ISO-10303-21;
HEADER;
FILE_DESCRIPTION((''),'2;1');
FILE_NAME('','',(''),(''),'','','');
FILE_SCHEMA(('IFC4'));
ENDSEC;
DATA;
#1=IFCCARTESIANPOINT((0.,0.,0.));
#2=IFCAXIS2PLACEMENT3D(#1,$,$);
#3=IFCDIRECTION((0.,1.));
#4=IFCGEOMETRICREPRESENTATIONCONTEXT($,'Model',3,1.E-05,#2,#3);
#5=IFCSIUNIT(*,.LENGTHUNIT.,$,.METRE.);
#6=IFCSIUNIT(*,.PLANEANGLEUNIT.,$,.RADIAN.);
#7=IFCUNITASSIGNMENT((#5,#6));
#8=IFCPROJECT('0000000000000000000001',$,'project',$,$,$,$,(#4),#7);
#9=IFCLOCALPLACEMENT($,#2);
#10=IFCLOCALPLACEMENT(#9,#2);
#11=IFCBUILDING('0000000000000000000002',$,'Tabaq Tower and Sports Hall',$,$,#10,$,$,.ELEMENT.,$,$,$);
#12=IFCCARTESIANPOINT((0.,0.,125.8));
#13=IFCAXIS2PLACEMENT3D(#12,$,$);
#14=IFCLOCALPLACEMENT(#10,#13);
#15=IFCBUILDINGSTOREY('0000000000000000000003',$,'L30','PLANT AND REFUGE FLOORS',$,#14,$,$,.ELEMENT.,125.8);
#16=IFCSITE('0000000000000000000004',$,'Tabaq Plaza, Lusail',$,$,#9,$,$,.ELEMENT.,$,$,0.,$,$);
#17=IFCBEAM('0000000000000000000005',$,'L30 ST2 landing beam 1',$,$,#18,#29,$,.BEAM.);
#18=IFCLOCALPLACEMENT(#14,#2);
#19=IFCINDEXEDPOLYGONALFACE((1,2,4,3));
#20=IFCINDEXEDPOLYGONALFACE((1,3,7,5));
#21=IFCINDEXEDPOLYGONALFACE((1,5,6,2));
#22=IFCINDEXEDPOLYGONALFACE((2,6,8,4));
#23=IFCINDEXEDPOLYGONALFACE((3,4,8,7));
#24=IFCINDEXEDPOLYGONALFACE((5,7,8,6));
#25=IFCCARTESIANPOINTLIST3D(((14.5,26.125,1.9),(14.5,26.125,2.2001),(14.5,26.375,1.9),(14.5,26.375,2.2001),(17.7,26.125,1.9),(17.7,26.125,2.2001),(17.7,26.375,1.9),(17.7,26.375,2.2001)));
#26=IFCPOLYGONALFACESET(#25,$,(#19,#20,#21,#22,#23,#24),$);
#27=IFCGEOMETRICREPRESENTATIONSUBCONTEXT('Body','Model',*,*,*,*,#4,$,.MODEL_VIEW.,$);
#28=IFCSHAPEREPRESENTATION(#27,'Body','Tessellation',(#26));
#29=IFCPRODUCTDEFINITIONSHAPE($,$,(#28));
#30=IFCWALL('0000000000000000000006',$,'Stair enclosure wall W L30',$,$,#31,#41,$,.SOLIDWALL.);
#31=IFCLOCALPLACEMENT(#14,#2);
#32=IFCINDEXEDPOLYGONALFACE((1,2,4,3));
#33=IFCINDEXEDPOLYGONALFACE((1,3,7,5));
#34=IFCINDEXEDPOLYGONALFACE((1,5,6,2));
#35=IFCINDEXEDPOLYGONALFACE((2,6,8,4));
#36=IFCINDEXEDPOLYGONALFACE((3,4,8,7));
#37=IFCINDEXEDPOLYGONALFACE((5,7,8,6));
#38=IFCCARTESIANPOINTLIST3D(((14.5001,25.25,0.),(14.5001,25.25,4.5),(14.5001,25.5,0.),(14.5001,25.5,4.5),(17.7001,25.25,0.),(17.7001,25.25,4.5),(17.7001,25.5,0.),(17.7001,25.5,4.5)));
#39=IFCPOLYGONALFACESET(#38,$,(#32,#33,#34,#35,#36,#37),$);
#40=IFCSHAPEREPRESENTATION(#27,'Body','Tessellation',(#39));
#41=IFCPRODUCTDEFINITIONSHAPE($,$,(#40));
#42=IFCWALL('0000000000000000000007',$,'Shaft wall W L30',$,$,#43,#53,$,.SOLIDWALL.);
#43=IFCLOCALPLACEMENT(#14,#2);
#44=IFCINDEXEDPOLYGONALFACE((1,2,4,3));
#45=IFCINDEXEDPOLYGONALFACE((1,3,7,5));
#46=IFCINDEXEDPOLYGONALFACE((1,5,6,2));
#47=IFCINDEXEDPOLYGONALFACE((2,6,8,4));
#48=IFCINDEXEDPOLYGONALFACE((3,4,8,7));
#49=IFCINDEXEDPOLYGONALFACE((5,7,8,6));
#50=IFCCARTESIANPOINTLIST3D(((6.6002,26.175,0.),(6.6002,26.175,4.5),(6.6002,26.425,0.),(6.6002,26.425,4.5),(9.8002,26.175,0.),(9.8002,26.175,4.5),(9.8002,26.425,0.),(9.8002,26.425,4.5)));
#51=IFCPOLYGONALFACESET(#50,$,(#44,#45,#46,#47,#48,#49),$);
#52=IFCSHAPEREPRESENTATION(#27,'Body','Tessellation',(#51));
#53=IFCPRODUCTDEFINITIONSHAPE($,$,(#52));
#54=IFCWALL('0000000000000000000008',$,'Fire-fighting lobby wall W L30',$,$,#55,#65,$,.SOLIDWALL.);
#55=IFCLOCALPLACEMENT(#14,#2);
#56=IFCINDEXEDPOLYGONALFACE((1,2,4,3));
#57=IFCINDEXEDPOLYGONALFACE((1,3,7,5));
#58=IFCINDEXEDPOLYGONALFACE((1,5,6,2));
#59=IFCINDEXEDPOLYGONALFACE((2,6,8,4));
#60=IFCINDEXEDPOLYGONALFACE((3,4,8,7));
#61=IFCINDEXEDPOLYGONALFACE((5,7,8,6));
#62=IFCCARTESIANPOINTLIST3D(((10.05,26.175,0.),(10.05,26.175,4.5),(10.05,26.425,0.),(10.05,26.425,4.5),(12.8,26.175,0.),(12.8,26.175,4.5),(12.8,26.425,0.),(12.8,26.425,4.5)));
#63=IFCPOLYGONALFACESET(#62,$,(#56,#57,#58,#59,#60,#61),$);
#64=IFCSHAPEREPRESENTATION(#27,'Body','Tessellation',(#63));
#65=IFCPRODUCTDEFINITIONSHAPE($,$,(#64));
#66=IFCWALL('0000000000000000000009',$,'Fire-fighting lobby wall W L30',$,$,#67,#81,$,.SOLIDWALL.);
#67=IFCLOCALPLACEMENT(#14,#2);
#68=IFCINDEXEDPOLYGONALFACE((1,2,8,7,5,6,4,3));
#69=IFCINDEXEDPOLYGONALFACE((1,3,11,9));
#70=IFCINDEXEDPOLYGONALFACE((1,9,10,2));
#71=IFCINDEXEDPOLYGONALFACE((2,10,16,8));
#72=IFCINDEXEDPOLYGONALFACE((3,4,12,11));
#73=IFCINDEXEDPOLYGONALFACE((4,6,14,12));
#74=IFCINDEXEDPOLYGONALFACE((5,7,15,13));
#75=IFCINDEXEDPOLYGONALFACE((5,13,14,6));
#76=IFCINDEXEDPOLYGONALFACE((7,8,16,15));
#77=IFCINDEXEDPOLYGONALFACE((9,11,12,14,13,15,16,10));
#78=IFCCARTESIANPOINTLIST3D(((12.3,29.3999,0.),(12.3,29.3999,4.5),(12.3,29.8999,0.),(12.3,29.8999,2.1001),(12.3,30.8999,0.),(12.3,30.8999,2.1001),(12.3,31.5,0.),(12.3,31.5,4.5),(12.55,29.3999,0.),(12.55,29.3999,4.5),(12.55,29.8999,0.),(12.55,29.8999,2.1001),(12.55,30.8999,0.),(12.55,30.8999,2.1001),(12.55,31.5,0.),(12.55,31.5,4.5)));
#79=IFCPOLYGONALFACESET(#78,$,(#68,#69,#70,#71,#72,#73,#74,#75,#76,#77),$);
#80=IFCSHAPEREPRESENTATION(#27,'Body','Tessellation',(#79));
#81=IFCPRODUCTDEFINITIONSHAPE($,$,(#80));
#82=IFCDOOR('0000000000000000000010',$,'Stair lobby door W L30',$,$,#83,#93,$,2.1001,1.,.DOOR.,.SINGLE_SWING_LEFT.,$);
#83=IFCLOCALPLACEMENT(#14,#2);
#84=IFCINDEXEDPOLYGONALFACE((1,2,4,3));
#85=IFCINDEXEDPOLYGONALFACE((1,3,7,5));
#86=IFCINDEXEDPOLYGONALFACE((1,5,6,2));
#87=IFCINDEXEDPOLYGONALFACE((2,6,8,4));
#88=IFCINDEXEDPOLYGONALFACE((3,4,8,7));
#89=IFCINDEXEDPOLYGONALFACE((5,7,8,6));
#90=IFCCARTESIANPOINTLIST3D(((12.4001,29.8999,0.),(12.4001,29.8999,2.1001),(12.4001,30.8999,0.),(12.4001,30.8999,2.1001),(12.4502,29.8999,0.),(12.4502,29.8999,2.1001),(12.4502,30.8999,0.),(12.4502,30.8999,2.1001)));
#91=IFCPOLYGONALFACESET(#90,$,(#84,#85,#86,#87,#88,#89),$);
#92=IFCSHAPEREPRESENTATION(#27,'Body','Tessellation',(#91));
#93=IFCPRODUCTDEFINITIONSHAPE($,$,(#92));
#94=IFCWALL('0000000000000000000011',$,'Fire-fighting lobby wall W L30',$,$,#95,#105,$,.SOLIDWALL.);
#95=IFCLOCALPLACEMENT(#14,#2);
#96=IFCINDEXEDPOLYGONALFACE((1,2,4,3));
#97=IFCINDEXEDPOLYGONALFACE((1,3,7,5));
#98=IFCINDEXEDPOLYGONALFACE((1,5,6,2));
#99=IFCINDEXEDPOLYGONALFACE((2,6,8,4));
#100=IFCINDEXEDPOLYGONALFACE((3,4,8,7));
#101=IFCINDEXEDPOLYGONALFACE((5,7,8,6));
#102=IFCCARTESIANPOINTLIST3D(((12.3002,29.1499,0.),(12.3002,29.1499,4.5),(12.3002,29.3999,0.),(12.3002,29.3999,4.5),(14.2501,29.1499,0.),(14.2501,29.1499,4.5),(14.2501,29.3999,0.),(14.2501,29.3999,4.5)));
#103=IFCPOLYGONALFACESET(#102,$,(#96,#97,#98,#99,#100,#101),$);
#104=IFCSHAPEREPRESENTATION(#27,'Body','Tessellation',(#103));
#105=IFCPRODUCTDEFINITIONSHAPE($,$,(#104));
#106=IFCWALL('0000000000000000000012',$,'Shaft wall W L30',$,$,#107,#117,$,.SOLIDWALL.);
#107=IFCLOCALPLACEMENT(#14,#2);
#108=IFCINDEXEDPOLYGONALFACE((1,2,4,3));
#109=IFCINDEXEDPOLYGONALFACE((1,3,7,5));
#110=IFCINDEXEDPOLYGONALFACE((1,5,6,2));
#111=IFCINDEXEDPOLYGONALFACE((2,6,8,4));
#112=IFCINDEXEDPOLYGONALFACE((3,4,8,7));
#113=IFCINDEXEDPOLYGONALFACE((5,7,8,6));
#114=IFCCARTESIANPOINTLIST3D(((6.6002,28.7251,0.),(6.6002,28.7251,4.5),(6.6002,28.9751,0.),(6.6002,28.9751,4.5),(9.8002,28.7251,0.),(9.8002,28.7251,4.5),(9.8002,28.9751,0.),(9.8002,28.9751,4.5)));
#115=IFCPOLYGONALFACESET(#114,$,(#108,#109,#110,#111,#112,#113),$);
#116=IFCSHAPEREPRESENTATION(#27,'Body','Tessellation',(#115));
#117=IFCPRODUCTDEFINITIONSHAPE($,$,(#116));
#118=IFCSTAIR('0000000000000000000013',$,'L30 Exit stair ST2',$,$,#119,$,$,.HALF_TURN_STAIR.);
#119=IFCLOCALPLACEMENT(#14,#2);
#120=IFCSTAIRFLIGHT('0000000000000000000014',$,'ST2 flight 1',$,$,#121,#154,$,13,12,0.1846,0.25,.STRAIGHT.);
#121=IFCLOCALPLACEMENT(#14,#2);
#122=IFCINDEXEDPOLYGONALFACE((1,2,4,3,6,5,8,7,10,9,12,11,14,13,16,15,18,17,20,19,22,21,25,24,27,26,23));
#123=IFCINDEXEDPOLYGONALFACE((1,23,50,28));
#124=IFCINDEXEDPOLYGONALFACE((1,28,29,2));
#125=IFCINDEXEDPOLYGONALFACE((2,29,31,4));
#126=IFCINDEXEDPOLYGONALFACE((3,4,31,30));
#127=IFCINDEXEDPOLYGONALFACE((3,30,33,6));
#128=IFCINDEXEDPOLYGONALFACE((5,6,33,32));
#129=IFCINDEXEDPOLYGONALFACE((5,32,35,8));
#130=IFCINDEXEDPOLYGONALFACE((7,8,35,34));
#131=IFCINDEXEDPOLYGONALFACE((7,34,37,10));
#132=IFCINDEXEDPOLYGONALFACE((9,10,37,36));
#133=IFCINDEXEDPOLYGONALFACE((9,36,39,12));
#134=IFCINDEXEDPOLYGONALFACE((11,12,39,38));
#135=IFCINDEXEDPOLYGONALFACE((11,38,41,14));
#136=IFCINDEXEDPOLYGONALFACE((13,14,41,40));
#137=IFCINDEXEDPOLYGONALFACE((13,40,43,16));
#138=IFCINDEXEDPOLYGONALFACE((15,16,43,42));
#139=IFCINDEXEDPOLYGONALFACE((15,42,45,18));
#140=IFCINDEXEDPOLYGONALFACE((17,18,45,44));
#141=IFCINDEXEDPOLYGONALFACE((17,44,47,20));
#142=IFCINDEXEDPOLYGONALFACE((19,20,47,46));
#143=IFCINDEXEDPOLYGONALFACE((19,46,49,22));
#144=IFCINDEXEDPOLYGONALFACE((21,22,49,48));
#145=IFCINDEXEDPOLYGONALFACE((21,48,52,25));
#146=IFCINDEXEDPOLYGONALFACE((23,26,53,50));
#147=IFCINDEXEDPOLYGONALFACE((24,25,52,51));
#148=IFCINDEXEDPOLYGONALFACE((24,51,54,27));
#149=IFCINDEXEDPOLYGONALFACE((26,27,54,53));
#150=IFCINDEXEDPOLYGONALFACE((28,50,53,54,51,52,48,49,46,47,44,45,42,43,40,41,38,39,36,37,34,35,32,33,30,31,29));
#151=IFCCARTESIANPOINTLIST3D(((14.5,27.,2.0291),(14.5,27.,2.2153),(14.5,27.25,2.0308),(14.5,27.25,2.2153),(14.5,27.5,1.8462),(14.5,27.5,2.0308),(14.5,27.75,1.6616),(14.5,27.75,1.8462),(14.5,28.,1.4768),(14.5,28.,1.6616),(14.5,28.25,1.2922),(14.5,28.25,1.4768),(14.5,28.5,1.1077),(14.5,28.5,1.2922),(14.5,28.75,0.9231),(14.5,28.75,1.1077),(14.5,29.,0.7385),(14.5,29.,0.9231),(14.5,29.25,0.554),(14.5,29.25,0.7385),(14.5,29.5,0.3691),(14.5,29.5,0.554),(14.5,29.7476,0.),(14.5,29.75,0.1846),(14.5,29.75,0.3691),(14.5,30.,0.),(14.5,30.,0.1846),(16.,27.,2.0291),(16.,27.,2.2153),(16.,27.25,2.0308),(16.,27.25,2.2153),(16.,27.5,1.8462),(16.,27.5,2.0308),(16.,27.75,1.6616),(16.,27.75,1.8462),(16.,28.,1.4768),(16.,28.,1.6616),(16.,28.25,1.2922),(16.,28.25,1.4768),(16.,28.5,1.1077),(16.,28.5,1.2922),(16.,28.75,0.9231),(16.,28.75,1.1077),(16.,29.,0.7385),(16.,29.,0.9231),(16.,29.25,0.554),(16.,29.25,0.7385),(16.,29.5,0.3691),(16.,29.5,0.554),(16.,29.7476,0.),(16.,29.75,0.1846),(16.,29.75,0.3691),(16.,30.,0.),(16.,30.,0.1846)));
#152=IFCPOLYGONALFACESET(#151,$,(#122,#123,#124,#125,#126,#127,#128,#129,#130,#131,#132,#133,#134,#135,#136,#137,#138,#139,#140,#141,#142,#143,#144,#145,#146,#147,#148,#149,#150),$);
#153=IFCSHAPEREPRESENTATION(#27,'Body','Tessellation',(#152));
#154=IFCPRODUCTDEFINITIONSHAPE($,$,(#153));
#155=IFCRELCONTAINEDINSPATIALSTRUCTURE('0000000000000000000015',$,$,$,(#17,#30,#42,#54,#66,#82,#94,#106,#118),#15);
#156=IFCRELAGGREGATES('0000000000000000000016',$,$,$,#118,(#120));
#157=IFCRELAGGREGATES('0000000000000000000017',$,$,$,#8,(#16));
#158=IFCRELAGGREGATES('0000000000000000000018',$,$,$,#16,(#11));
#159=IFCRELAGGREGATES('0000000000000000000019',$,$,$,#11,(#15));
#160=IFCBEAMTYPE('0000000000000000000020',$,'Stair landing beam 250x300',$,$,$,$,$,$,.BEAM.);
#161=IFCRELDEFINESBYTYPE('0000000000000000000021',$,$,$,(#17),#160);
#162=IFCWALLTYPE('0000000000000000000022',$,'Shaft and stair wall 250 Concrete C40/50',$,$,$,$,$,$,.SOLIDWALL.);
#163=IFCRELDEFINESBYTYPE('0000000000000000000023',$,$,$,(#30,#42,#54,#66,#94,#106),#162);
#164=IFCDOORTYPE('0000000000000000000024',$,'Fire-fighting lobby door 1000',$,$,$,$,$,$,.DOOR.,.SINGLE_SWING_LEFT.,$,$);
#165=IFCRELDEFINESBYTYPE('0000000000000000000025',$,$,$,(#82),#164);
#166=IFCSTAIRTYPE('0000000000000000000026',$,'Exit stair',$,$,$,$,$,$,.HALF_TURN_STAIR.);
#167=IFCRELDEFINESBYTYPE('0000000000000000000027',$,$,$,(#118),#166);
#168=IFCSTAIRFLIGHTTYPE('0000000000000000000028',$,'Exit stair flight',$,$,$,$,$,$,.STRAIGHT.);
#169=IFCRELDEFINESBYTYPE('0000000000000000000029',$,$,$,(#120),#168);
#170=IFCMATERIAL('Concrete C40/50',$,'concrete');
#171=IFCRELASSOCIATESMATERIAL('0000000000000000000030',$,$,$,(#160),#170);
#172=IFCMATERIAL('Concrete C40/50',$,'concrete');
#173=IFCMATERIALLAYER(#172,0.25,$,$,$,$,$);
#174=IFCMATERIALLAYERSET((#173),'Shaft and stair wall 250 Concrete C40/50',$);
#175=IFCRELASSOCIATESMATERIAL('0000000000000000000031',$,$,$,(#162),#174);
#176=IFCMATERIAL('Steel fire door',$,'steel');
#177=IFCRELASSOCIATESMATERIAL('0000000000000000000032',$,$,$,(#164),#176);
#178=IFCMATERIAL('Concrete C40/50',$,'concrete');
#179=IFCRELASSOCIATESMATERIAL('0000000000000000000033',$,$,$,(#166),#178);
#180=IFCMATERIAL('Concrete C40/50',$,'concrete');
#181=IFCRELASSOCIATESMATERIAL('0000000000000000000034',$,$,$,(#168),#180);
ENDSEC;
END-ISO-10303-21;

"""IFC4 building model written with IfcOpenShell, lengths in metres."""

from ifc_helpers import new_model, si_unit, direction, frame, frame_2d, origin, origin_2d, place, context, subcontext, project, spatial, polyline, rectangle, outline, extrude, material, layer, layer_set, material_profile, profile_set, type_object, element, fill, aggregate, save


model = new_model("IFC4")

# Units and contexts
model_context = context("Model", 3, precision=1e-05, world=origin(), true_north=direction((0.0, 1.0)))
body_context = subcontext(model_context, "Body", "Model", "MODEL_VIEW")
ifc_project = project(units=[si_unit("LENGTHUNIT", "METRE"), si_unit("PLANEANGLEUNIT", "RADIAN")], contexts=[model_context])

# Site, building, storey
site_placement = place(None, origin())
site = spatial("IfcSite", under=ifc_project, at=site_placement, Name="Tabaq Plaza, Lusail", CompositionType="ELEMENT", RefElevation=0.0)
building_placement = place(site_placement, origin())
building = spatial("IfcBuilding", under=site, at=building_placement, Name="Tabaq Tower and Sports Hall", CompositionType="ELEMENT")
storey_placement = place(building_placement, frame((0.0, 0.0, 125.8)))
storey = spatial("IfcBuildingStorey", under=building, at=storey_placement, Name="L30", Description="PLANT AND REFUGE FLOORS", CompositionType="ELEMENT", Elevation=125.8)

# Beam
ifc_material_1 = material(Name="Concrete C40/50", Category="concrete")
ifc_material_profile = material_profile(ifc_material_1, rectangle(XDim=0.25, YDim=0.3, at=origin_2d()), Name="RC 250x300")
ifc_profile_set = profile_set([ifc_material_profile], Name="Concrete C40/50")
beam_type = type_object("IfcBeamType", Name="Stair landing beam 250x300", PredefinedType="BEAM", material=ifc_profile_set)
beam_placement = place(storey_placement, frame((14.5, 26.25, 2.05), z_axis=(1.0, 0.0, 0.0), x_axis=(0.0, 1.0, 0.0)))
element("IfcBeam", 1, at=beam_placement, inside=storey, type_object=beam_type, Name="L30 ST2 landing beam 1", PredefinedType="BEAM", context=body_context, shape_type="SweptSolid", body=[
    extrude(rectangle(XDim=0.25, YDim=0.3, at=origin_2d()), origin(), (0.0, 0.0, 1.0), 3.2),
])

# Walls
ifc_material_2 = material(Name="Concrete C40/50", Category="concrete")
ifc_layer_1 = layer(ifc_material_2, 0.25)
ifc_layer_set_1 = layer_set([ifc_layer_1], Name="Shaft and stair wall 250 Concrete C40/50")
wall_type_1 = type_object("IfcWallType", Name="Shaft and stair wall 250 Concrete C40/50", PredefinedType="SOLIDWALL", material=ifc_layer_set_1)
for number, where, z_axis, x_axis, name in (
    (2, (14.5, 25.375, 0.0), (0.0, 0.0, 1.0), (1.0, 0.0, 0.0), "Stair enclosure wall W L30"),
    (3, (6.6001, 26.3, 0.0), (0.0, 0.0, 1.0), (1.0, 0.0, 0.0), "Shaft wall W L30"),
):
    element("IfcWall", number, at=place(storey_placement, frame(where, z_axis=z_axis, x_axis=x_axis)), inside=storey, type_object=wall_type_1, Name=name, PredefinedType="SOLIDWALL", context=body_context, shape_type="SweptSolid", body=[
        extrude(rectangle(XDim=3.2, YDim=0.25, at=frame_2d((1.6001, 0.0))), origin(), (0.0, 0.0, 1.0), 4.5),
    ])
wall_1_placement = place(storey_placement, frame((10.05, 26.3, 0.0), z_axis=(0.0, 0.0, 1.0), x_axis=(1.0, 0.0, 0.0)))
element("IfcWall", 4, at=wall_1_placement, inside=storey, type_object=wall_type_1, Name="Fire-fighting lobby wall W L30", PredefinedType="SOLIDWALL", context=body_context, shape_type="SweptSolid", body=[
    extrude(rectangle(XDim=2.75, YDim=0.25, at=frame_2d((1.375, 0.0))), origin(), (0.0, 0.0, 1.0), 4.5),
])

# Wall, opening, door
wall_2_placement = place(storey_placement, frame((12.425, 29.3999, 0.0), z_axis=(0.0, 0.0, 1.0), x_axis=(0.0, 1.0, 0.0)))
wall_2 = element("IfcWall", 5, at=wall_2_placement, inside=storey, type_object=wall_type_1, Name="Fire-fighting lobby wall W L30", PredefinedType="SOLIDWALL", context=body_context, shape_type="SweptSolid", body=[
    extrude(rectangle(XDim=2.1001, YDim=0.25, at=frame_2d((1.05, 0.0))), origin(), (0.0, 0.0, 1.0), 4.5),
])
opening_1_placement = place(wall_2_placement, frame((0.5, 0.0, 0.0)))
opening_1 = element("IfcOpeningElement", 6, at=opening_1_placement, cuts=wall_2, PredefinedType="OPENING", context=body_context, shape_type="SweptSolid", body=[
    extrude(rectangle(XDim=1.0, YDim=2.1001, at=frame_2d((0.5, 1.05))), frame((0.0, 0.125, 0.0), z_axis=(0.0, -1.0, 0.0), x_axis=(1.0, 0.0, 0.0)), (0.0, 0.0, 1.0), 0.25),
])
ifc_material_3 = material(Name="Steel fire door", Category="steel")
door_type_1 = type_object("IfcDoorType", Name="Fire-fighting lobby door 1000", OperationType="SINGLE_SWING_LEFT", PredefinedType="DOOR", material=ifc_material_3)
door_1_placement = place(opening_1_placement, origin())
door_1 = element("IfcDoor", 7, at=door_1_placement, inside=storey, type_object=door_type_1, Name="Stair lobby door W L30", OperationType="SINGLE_SWING_LEFT", OverallHeight=2.1001, OverallWidth=1.0, PredefinedType="DOOR", context=body_context, shape_type="SweptSolid", body=[
    extrude(rectangle(XDim=1.0, YDim=2.1001, at=frame_2d((0.5, 1.05))), frame((0.0, 0.0249, 0.0), z_axis=(0.0, -1.0, 0.0), x_axis=(1.0, 0.0, 0.0)), (0.0, 0.0, 1.0), 0.05),
])
fill(opening_1, door_1)

# Walls
wall_3_placement = place(storey_placement, frame((12.3, 29.2749, 0.0), z_axis=(0.0, 0.0, 1.0), x_axis=(1.0, 0.0, 0.0)))
element("IfcWall", 8, at=wall_3_placement, inside=storey, type_object=wall_type_1, Name="Fire-fighting lobby wall W L30", PredefinedType="SOLIDWALL", context=body_context, shape_type="SweptSolid", body=[
    extrude(rectangle(XDim=1.95, YDim=0.25, at=frame_2d((0.9751, 0.0))), origin(), (0.0, 0.0, 1.0), 4.5),
])
wall_4_placement = place(storey_placement, frame((6.6001, 28.8501, 0.0), z_axis=(0.0, 0.0, 1.0), x_axis=(1.0, 0.0, 0.0)))
element("IfcWall", 9, at=wall_4_placement, inside=storey, type_object=wall_type_1, Name="Shaft wall W L30", PredefinedType="SOLIDWALL", context=body_context, shape_type="SweptSolid", body=[
    extrude(rectangle(XDim=3.2, YDim=0.25, at=frame_2d((1.6001, 0.0))), origin(), (0.0, 0.0, 1.0), 4.5),
])

# Stair, stair flight
ifc_material_4 = material(Name="Concrete C40/50", Category="concrete")
stair_type = type_object("IfcStairType", Name="Exit stair", PredefinedType="HALF_TURN_STAIR", material=ifc_material_4)
stair_placement = place(storey_placement, origin())
stair = element("IfcStair", 10, at=stair_placement, inside=storey, type_object=stair_type, Name="L30 Exit stair ST2", PredefinedType="HALF_TURN_STAIR")
ifc_material_5 = material(Name="Concrete C40/50", Category="concrete")
stair_flight_type = type_object("IfcStairFlightType", Name="Exit stair flight", PredefinedType="STRAIGHT", material=ifc_material_5)
stair_flight_1_placement = place(storey_placement, frame((15.25, 30.0, 0.0), z_axis=(0.0, 0.0, 1.0), x_axis=(0.0, -1.0, 0.0)))
stair_flight_1 = element("IfcStairFlight", 11, at=stair_flight_1_placement, type_object=stair_flight_type, Name="ST2 flight 1", NumberOfRisers=13, NumberOfTreads=12, PredefinedType="STRAIGHT", RiserHeight=0.1846, TreadLength=0.25, context=body_context, shape_type="SweptSolid", body=[
    extrude(outline(polyline([(0.0, 0.0), (0.0, 0.1846), (0.25, 0.1846), (0.25, 0.3691), (0.5, 0.3691), (0.5, 0.554), (0.75, 0.554), (0.75, 0.7385), (1.0, 0.7385), (1.0, 0.9231), (1.25, 0.9231), (1.25, 1.1077), (1.5, 1.1077), (1.5, 1.2922), (1.75, 1.2922), (1.75, 1.4768), (2.0, 1.4768), (2.0, 1.6616), (2.25, 1.6616), (2.25, 1.8462), (2.5, 1.8462), (2.5, 2.0308), (2.75, 2.0308), (2.75, 2.2153), (3.0, 2.2153), (3.0, 2.3999), (3.0, 2.0291), (0.2524, 0.0), (0.0, 0.0)])), frame((0.0, 0.75, 0.0), z_axis=(0.0, -1.0, 0.0), x_axis=(1.0, 0.0, 0.0)), (0.0, 0.0, 1.0), 1.5),
])
aggregate(stair, [stair_flight_1])

save(model, "model.ifc")
